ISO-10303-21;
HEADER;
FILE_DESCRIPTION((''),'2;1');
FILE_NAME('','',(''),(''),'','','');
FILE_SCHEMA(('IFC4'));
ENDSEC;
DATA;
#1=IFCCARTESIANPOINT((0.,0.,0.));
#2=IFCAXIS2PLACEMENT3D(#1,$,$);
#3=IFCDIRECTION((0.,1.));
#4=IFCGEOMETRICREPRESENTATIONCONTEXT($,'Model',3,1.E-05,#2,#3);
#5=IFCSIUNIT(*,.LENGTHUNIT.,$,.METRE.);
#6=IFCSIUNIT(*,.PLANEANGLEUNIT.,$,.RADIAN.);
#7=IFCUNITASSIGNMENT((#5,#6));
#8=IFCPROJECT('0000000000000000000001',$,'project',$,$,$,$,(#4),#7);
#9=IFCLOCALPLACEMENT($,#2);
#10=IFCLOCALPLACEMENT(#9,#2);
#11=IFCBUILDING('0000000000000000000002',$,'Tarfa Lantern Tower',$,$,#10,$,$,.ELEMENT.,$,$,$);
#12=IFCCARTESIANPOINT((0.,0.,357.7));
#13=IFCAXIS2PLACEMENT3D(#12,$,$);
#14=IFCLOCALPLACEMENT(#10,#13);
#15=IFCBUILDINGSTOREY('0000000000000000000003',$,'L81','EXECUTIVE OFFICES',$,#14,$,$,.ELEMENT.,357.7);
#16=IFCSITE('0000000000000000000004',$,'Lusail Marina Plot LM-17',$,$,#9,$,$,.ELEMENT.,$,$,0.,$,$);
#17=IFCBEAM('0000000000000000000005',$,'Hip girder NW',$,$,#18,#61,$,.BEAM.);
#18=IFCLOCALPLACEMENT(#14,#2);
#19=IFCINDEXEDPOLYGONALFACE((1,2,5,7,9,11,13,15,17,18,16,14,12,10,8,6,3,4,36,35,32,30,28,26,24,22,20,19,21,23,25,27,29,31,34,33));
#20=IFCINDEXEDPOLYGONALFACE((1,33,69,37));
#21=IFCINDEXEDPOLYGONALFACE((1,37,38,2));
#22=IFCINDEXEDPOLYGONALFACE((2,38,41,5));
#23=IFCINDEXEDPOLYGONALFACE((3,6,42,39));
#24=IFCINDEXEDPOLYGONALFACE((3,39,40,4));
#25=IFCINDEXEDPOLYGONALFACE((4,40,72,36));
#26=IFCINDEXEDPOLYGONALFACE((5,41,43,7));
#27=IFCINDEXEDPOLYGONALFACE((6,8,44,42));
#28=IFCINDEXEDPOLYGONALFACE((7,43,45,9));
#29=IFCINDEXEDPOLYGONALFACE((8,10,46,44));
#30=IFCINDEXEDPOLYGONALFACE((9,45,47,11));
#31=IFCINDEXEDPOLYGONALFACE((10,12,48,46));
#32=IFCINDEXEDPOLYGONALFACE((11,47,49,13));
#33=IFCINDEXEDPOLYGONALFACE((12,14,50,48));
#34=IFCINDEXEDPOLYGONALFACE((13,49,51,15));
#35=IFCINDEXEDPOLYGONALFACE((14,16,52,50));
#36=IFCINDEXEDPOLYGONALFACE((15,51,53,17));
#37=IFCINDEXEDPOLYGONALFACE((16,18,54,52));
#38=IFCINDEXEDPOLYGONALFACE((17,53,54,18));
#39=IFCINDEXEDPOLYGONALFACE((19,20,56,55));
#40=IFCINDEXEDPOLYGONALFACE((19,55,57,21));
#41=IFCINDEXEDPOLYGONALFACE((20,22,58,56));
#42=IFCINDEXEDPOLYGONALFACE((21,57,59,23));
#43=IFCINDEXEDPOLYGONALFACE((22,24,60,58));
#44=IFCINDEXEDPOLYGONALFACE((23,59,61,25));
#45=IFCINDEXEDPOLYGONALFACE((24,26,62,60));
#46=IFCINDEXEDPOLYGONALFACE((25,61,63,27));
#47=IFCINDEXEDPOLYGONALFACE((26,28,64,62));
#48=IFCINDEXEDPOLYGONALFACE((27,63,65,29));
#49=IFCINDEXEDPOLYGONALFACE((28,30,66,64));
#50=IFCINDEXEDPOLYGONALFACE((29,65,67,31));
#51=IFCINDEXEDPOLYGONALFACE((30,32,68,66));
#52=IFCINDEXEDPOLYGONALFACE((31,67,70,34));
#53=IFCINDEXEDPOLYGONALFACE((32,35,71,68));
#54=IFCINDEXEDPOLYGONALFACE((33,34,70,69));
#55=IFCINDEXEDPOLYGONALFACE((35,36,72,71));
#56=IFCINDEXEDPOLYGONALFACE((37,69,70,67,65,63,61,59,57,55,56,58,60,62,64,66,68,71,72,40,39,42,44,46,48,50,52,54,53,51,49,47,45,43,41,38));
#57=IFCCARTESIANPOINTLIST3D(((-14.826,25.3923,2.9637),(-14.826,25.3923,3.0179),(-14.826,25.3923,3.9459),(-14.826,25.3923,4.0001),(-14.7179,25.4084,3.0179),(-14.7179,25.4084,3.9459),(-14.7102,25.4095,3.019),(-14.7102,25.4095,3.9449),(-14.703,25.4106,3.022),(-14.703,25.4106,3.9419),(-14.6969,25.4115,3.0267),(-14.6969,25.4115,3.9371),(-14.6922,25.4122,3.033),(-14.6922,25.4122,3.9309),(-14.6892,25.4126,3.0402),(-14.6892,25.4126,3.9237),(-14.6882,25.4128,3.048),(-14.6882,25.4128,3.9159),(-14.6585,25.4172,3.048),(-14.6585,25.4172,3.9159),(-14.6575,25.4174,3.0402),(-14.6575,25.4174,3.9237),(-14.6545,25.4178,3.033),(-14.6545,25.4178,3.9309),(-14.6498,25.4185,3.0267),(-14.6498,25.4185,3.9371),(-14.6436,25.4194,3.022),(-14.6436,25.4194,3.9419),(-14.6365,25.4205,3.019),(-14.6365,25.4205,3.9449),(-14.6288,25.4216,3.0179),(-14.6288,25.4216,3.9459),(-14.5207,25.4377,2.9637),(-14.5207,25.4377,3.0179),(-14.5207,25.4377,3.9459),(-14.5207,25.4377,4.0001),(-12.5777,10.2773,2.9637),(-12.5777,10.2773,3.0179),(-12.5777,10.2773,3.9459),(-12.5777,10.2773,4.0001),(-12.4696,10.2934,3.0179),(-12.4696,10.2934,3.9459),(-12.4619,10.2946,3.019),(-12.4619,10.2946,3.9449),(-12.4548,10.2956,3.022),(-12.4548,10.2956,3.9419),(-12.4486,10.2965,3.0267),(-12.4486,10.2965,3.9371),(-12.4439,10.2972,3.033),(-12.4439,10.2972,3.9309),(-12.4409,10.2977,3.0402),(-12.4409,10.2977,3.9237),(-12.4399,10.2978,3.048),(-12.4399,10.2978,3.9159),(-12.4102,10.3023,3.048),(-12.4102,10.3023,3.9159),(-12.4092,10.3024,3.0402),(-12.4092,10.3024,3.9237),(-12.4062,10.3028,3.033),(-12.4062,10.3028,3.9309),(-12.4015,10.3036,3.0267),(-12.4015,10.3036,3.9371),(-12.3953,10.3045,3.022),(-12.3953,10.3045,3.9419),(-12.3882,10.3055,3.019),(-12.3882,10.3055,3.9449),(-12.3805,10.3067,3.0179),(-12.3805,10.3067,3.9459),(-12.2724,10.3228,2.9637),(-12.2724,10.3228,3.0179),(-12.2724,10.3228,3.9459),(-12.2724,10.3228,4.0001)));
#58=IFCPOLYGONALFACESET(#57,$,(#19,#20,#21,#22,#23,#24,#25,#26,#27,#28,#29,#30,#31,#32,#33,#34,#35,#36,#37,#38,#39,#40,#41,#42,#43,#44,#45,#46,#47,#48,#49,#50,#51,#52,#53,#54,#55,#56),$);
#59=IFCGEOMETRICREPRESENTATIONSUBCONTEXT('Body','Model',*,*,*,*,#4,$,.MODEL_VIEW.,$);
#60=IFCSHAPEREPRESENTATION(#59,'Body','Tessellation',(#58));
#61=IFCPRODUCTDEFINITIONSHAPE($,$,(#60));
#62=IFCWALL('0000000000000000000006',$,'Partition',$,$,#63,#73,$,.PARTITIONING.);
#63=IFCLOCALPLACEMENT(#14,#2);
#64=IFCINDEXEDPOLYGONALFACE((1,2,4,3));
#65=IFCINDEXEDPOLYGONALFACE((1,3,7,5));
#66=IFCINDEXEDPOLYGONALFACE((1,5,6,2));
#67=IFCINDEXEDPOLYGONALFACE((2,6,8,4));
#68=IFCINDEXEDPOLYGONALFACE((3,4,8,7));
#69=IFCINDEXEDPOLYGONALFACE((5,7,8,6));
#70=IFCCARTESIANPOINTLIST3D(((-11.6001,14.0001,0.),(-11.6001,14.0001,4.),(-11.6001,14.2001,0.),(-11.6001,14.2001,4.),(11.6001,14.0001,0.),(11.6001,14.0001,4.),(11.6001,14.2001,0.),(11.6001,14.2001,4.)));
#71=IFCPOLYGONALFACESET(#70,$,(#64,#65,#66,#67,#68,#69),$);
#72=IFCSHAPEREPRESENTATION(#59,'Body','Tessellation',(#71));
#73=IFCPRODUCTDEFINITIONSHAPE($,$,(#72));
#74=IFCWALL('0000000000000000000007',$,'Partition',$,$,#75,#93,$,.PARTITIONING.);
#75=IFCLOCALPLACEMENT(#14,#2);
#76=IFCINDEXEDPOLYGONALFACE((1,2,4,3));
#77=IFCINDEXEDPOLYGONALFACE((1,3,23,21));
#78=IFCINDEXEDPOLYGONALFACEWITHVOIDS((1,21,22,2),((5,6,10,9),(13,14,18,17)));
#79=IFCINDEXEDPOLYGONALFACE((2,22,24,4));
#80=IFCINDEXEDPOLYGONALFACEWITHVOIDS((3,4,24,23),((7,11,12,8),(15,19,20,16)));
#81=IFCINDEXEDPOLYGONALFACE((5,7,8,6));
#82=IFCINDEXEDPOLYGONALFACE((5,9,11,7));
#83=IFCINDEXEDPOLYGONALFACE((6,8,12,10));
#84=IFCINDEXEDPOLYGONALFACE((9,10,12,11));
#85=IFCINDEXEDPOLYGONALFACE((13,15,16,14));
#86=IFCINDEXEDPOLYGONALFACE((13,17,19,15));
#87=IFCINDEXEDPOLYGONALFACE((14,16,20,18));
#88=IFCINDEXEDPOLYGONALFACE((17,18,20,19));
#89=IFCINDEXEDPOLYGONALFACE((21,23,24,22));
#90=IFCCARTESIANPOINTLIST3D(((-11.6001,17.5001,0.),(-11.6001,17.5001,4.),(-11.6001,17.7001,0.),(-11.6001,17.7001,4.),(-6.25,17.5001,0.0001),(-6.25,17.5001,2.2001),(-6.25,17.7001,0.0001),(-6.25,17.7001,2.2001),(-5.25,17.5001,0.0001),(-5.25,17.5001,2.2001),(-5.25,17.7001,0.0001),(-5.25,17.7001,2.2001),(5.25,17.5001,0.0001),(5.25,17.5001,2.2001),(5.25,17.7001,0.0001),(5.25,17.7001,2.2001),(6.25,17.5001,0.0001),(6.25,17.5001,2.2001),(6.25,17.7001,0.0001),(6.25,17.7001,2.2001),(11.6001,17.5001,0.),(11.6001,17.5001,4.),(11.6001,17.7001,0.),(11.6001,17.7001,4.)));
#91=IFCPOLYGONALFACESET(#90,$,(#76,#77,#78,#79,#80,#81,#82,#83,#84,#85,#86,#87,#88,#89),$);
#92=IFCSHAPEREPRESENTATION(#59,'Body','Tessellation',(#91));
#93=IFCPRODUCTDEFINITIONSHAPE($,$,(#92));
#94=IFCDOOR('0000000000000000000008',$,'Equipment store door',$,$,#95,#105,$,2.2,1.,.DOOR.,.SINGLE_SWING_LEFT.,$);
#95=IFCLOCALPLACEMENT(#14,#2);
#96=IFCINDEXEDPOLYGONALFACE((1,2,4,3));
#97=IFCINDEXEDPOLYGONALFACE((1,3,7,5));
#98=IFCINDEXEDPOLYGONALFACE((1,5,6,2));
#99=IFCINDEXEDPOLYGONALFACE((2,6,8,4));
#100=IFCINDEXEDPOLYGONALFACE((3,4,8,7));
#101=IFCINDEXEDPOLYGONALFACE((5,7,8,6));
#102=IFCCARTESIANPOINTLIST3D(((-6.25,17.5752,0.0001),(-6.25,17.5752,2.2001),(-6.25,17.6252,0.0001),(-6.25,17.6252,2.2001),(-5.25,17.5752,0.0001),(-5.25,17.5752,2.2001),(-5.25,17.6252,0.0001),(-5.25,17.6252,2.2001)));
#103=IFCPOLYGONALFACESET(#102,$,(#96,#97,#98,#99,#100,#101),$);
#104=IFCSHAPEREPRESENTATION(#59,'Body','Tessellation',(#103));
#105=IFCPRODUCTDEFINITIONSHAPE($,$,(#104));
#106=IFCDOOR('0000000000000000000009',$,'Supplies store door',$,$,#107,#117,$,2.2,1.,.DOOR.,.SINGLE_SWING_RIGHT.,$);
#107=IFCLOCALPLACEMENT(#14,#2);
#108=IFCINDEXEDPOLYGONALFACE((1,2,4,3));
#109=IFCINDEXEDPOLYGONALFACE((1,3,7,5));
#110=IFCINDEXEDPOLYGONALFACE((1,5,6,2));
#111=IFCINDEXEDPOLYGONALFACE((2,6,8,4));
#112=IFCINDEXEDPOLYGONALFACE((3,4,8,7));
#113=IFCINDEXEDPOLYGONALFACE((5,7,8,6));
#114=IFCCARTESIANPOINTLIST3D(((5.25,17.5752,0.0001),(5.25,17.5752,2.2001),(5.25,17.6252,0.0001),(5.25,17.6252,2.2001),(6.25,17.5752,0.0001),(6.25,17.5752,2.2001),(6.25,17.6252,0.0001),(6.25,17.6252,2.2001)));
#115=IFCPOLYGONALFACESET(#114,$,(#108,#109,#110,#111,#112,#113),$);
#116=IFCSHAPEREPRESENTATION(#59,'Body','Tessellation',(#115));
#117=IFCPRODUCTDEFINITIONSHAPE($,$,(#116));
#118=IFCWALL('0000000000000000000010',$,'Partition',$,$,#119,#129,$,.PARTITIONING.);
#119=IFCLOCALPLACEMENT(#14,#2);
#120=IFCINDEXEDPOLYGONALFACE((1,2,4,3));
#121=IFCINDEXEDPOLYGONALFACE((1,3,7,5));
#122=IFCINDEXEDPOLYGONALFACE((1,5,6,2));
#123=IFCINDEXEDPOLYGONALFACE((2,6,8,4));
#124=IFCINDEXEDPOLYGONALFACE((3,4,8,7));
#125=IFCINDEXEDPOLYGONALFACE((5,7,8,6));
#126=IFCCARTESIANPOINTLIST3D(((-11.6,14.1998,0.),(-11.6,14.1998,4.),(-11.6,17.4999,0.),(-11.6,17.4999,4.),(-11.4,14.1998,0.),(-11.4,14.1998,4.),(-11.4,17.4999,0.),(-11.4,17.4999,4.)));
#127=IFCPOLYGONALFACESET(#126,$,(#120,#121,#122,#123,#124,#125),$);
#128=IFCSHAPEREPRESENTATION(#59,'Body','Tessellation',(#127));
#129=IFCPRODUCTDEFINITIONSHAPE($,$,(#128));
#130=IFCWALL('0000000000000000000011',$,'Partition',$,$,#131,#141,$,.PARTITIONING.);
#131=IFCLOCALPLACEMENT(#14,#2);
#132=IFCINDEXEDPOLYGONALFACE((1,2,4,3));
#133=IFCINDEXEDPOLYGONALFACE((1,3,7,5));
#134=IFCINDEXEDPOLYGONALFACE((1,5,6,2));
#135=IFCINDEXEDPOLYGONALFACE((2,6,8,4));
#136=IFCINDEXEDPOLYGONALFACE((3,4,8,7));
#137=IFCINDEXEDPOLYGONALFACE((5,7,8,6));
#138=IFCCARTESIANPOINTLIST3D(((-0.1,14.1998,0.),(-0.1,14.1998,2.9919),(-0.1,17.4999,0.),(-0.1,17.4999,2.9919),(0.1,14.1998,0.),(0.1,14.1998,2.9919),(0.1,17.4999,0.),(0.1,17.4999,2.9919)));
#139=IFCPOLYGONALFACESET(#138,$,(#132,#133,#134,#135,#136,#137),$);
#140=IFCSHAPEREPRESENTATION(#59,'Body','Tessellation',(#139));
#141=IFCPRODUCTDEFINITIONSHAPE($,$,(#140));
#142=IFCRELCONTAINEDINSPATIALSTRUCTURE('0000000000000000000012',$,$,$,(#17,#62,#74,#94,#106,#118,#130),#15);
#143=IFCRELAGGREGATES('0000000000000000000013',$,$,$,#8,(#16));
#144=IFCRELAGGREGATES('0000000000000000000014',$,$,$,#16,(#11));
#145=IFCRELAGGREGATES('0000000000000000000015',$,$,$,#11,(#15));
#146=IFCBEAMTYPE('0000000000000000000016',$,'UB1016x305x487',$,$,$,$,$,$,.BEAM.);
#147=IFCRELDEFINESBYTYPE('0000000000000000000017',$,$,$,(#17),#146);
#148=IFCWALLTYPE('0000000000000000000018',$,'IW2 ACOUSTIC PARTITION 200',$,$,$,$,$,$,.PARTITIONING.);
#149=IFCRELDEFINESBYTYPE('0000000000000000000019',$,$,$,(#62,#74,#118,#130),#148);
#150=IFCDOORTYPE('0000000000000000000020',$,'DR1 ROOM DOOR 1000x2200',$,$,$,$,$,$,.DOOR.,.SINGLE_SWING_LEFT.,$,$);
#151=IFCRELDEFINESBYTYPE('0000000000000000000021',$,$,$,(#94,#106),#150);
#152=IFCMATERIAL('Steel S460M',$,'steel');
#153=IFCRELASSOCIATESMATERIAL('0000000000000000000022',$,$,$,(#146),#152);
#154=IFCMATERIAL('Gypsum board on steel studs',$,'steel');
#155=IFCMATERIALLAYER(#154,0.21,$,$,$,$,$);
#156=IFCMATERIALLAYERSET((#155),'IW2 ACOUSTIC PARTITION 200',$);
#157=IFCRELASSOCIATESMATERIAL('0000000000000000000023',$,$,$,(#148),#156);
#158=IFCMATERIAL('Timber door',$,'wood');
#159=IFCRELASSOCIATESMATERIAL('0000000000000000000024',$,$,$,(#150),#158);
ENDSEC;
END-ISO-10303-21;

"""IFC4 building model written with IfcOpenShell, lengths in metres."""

from ifc_helpers import new_model, si_unit, direction, frame, frame_2d, origin, origin_2d, place, context, subcontext, project, spatial, rectangle, i_section, extrude, material, layer, layer_set, material_profile, profile_set, type_object, element, fill, save


model = new_model("IFC4")

# Units and contexts
model_context = context("Model", 3, precision=1e-05, world=origin(), true_north=direction((0.0, 1.0)))
body_context = subcontext(model_context, "Body", "Model", "MODEL_VIEW")
ifc_project = project(units=[si_unit("LENGTHUNIT", "METRE"), si_unit("PLANEANGLEUNIT", "RADIAN")], contexts=[model_context])

# Site, building, storey
site_placement = place(None, origin())
site = spatial("IfcSite", under=ifc_project, at=site_placement, Name="Lusail Marina Plot LM-17", CompositionType="ELEMENT", RefElevation=0.0)
building_placement = place(site_placement, origin())
building = spatial("IfcBuilding", under=site, at=building_placement, Name="Tarfa Lantern Tower", CompositionType="ELEMENT")
storey_placement = place(building_placement, frame((0.0, 0.0, 357.7)))
storey = spatial("IfcBuildingStorey", under=building, at=storey_placement, Name="L81", Description="EXECUTIVE OFFICES", CompositionType="ELEMENT", Elevation=357.7)

# Beam
ifc_material_1 = material(Name="Steel S460M", Category="steel")
ifc_material_profile = material_profile(ifc_material_1, i_section(OverallWidth=0.3086, OverallDepth=1.0364, WebThickness=0.03, FlangeThickness=0.0542, FilletRadius=0.03, at=origin_2d()), Name="UB1016x305x487")
ifc_profile_set = profile_set([ifc_material_profile], Name="Steel S460M")
beam_type = type_object("IfcBeamType", Name="UB1016x305x487", PredefinedType="BEAM", material=ifc_profile_set)
beam_placement = place(storey_placement, frame((-12.425, 10.3, 3.4819), z_axis=(-0.147127, 0.989118, 0.0), x_axis=(-0.989118, -0.147127, 0.0)))
element("IfcBeam", 1, at=beam_placement, inside=storey, type_object=beam_type, Name="Hip girder NW", PredefinedType="BEAM", context=body_context, shape_type="SweptSolid", body=[
    extrude(i_section(OverallWidth=0.3086, OverallDepth=1.0364, WebThickness=0.03, FlangeThickness=0.0542, FilletRadius=0.03, at=origin_2d()), origin(), (0.0, 0.0, 1.0), 15.2812),
])

# Wall
ifc_material_2 = material(Name="Gypsum board on steel studs", Category="steel")
ifc_layer_1 = layer(ifc_material_2, 0.21)
ifc_layer_set_1 = layer_set([ifc_layer_1], Name="IW2 ACOUSTIC PARTITION 200")
wall_type_1 = type_object("IfcWallType", Name="IW2 ACOUSTIC PARTITION 200", PredefinedType="PARTITIONING", material=ifc_layer_set_1)
wall_1_placement = place(storey_placement, frame((-11.6001, 14.1001, 0.0), z_axis=(0.0, 0.0, 1.0), x_axis=(1.0, 0.0, 0.0)))
element("IfcWall", 2, at=wall_1_placement, inside=storey, type_object=wall_type_1, Name="Partition", PredefinedType="PARTITIONING", context=body_context, shape_type="SweptSolid", body=[
    extrude(rectangle(XDim=23.2002, YDim=0.2, at=frame_2d((11.6001, 0.0))), origin(), (0.0, 0.0, 1.0), 4.0),
])

# Wall, openings, doors
wall_2_placement = place(storey_placement, frame((-11.6001, 17.6001, 0.0), z_axis=(0.0, 0.0, 1.0), x_axis=(1.0, 0.0, 0.0)))
wall_2 = element("IfcWall", 3, at=wall_2_placement, inside=storey, type_object=wall_type_1, Name="Partition", PredefinedType="PARTITIONING", context=body_context, shape_type="SweptSolid", body=[
    extrude(rectangle(XDim=23.2002, YDim=0.2, at=frame_2d((11.6001, 0.0))), origin(), (0.0, 0.0, 1.0), 4.0),
])
opening_1_placement = place(wall_2_placement, frame((5.3501, 0.0, 0.0)))
opening_1 = element("IfcOpeningElement", 4, at=opening_1_placement, cuts=wall_2, PredefinedType="OPENING", context=body_context, shape_type="SweptSolid", body=[
    extrude(rectangle(XDim=1.0, YDim=2.2, at=frame_2d((0.5, 1.1001))), frame((0.0, 0.1099, 0.0), z_axis=(0.0, -1.0, 0.0), x_axis=(1.0, 0.0, 0.0)), (0.0, 0.0, 1.0), 0.22),
])
opening_2_placement = place(wall_2_placement, frame((16.8501, 0.0, 0.0)))
opening_2 = element("IfcOpeningElement", 5, at=opening_2_placement, cuts=wall_2, PredefinedType="OPENING", context=body_context, shape_type="SweptSolid", body=[
    extrude(rectangle(XDim=1.0, YDim=2.2, at=frame_2d((0.5, 1.1001))), frame((0.0, 0.1099, 0.0), z_axis=(0.0, -1.0, 0.0), x_axis=(1.0, 0.0, 0.0)), (0.0, 0.0, 1.0), 0.22),
])
ifc_material_3 = material(Name="Timber door", Category="wood")
door_type_1 = type_object("IfcDoorType", Name="DR1 ROOM DOOR 1000x2200", OperationType="SINGLE_SWING_LEFT", PredefinedType="DOOR", material=ifc_material_3)
door_1_placement = place(opening_1_placement, frame((1.0, 0.0, 0.0), z_axis=(0.0, 0.0, 1.0), x_axis=(-1.0, 0.0, 0.0)))
door_1 = element("IfcDoor", 6, at=door_1_placement, inside=storey, type_object=door_type_1, Name="Equipment store door", OperationType="SINGLE_SWING_LEFT", OverallHeight=2.2, OverallWidth=1.0, PredefinedType="DOOR", context=body_context, shape_type="SweptSolid", body=[
    extrude(rectangle(XDim=1.0, YDim=2.2, at=frame_2d((0.5, 1.1001))), frame((0.0, 0.0249, 0.0), z_axis=(0.0, -1.0, 0.0), x_axis=(1.0, 0.0, 0.0)), (0.0, 0.0, 1.0), 0.05),
])
fill(opening_1, door_1)
door_2_placement = place(opening_2_placement, frame((1.0, 0.0, 0.0), z_axis=(0.0, 0.0, 1.0), x_axis=(-1.0, 0.0, 0.0)))
door_2 = element("IfcDoor", 7, at=door_2_placement, inside=storey, type_object=door_type_1, Name="Supplies store door", OperationType="SINGLE_SWING_RIGHT", OverallHeight=2.2, OverallWidth=1.0, PredefinedType="DOOR", context=body_context, shape_type="SweptSolid", body=[
    extrude(rectangle(XDim=1.0, YDim=2.2, at=frame_2d((0.5, 1.1001))), frame((0.0, 0.0249, 0.0), z_axis=(0.0, -1.0, 0.0), x_axis=(1.0, 0.0, 0.0)), (0.0, 0.0, 1.0), 0.05),
])
fill(opening_2, door_2)

# Walls
wall_3_placement = place(storey_placement, frame((-11.5, 14.2, 0.0), z_axis=(0.0, 0.0, 1.0), x_axis=(0.0, 1.0, 0.0)))
element("IfcWall", 8, at=wall_3_placement, inside=storey, type_object=wall_type_1, Name="Partition", PredefinedType="PARTITIONING", context=body_context, shape_type="SweptSolid", body=[
    extrude(rectangle(XDim=3.3, YDim=0.2, at=frame_2d((1.6499, 0.0))), origin(), (0.0, 0.0, 1.0), 4.0),
])
wall_4_placement = place(storey_placement, frame((0.0, 14.2, 0.0), z_axis=(0.0, 0.0, 1.0), x_axis=(0.0, 1.0, 0.0)))
element("IfcWall", 9, at=wall_4_placement, inside=storey, type_object=wall_type_1, Name="Partition", PredefinedType="PARTITIONING", context=body_context, shape_type="SweptSolid", body=[
    extrude(rectangle(XDim=3.3, YDim=0.2, at=frame_2d((1.6499, 0.0))), origin(), (0.0, 0.0, 1.0), 2.9919),
])

save(model, "model.ifc")
